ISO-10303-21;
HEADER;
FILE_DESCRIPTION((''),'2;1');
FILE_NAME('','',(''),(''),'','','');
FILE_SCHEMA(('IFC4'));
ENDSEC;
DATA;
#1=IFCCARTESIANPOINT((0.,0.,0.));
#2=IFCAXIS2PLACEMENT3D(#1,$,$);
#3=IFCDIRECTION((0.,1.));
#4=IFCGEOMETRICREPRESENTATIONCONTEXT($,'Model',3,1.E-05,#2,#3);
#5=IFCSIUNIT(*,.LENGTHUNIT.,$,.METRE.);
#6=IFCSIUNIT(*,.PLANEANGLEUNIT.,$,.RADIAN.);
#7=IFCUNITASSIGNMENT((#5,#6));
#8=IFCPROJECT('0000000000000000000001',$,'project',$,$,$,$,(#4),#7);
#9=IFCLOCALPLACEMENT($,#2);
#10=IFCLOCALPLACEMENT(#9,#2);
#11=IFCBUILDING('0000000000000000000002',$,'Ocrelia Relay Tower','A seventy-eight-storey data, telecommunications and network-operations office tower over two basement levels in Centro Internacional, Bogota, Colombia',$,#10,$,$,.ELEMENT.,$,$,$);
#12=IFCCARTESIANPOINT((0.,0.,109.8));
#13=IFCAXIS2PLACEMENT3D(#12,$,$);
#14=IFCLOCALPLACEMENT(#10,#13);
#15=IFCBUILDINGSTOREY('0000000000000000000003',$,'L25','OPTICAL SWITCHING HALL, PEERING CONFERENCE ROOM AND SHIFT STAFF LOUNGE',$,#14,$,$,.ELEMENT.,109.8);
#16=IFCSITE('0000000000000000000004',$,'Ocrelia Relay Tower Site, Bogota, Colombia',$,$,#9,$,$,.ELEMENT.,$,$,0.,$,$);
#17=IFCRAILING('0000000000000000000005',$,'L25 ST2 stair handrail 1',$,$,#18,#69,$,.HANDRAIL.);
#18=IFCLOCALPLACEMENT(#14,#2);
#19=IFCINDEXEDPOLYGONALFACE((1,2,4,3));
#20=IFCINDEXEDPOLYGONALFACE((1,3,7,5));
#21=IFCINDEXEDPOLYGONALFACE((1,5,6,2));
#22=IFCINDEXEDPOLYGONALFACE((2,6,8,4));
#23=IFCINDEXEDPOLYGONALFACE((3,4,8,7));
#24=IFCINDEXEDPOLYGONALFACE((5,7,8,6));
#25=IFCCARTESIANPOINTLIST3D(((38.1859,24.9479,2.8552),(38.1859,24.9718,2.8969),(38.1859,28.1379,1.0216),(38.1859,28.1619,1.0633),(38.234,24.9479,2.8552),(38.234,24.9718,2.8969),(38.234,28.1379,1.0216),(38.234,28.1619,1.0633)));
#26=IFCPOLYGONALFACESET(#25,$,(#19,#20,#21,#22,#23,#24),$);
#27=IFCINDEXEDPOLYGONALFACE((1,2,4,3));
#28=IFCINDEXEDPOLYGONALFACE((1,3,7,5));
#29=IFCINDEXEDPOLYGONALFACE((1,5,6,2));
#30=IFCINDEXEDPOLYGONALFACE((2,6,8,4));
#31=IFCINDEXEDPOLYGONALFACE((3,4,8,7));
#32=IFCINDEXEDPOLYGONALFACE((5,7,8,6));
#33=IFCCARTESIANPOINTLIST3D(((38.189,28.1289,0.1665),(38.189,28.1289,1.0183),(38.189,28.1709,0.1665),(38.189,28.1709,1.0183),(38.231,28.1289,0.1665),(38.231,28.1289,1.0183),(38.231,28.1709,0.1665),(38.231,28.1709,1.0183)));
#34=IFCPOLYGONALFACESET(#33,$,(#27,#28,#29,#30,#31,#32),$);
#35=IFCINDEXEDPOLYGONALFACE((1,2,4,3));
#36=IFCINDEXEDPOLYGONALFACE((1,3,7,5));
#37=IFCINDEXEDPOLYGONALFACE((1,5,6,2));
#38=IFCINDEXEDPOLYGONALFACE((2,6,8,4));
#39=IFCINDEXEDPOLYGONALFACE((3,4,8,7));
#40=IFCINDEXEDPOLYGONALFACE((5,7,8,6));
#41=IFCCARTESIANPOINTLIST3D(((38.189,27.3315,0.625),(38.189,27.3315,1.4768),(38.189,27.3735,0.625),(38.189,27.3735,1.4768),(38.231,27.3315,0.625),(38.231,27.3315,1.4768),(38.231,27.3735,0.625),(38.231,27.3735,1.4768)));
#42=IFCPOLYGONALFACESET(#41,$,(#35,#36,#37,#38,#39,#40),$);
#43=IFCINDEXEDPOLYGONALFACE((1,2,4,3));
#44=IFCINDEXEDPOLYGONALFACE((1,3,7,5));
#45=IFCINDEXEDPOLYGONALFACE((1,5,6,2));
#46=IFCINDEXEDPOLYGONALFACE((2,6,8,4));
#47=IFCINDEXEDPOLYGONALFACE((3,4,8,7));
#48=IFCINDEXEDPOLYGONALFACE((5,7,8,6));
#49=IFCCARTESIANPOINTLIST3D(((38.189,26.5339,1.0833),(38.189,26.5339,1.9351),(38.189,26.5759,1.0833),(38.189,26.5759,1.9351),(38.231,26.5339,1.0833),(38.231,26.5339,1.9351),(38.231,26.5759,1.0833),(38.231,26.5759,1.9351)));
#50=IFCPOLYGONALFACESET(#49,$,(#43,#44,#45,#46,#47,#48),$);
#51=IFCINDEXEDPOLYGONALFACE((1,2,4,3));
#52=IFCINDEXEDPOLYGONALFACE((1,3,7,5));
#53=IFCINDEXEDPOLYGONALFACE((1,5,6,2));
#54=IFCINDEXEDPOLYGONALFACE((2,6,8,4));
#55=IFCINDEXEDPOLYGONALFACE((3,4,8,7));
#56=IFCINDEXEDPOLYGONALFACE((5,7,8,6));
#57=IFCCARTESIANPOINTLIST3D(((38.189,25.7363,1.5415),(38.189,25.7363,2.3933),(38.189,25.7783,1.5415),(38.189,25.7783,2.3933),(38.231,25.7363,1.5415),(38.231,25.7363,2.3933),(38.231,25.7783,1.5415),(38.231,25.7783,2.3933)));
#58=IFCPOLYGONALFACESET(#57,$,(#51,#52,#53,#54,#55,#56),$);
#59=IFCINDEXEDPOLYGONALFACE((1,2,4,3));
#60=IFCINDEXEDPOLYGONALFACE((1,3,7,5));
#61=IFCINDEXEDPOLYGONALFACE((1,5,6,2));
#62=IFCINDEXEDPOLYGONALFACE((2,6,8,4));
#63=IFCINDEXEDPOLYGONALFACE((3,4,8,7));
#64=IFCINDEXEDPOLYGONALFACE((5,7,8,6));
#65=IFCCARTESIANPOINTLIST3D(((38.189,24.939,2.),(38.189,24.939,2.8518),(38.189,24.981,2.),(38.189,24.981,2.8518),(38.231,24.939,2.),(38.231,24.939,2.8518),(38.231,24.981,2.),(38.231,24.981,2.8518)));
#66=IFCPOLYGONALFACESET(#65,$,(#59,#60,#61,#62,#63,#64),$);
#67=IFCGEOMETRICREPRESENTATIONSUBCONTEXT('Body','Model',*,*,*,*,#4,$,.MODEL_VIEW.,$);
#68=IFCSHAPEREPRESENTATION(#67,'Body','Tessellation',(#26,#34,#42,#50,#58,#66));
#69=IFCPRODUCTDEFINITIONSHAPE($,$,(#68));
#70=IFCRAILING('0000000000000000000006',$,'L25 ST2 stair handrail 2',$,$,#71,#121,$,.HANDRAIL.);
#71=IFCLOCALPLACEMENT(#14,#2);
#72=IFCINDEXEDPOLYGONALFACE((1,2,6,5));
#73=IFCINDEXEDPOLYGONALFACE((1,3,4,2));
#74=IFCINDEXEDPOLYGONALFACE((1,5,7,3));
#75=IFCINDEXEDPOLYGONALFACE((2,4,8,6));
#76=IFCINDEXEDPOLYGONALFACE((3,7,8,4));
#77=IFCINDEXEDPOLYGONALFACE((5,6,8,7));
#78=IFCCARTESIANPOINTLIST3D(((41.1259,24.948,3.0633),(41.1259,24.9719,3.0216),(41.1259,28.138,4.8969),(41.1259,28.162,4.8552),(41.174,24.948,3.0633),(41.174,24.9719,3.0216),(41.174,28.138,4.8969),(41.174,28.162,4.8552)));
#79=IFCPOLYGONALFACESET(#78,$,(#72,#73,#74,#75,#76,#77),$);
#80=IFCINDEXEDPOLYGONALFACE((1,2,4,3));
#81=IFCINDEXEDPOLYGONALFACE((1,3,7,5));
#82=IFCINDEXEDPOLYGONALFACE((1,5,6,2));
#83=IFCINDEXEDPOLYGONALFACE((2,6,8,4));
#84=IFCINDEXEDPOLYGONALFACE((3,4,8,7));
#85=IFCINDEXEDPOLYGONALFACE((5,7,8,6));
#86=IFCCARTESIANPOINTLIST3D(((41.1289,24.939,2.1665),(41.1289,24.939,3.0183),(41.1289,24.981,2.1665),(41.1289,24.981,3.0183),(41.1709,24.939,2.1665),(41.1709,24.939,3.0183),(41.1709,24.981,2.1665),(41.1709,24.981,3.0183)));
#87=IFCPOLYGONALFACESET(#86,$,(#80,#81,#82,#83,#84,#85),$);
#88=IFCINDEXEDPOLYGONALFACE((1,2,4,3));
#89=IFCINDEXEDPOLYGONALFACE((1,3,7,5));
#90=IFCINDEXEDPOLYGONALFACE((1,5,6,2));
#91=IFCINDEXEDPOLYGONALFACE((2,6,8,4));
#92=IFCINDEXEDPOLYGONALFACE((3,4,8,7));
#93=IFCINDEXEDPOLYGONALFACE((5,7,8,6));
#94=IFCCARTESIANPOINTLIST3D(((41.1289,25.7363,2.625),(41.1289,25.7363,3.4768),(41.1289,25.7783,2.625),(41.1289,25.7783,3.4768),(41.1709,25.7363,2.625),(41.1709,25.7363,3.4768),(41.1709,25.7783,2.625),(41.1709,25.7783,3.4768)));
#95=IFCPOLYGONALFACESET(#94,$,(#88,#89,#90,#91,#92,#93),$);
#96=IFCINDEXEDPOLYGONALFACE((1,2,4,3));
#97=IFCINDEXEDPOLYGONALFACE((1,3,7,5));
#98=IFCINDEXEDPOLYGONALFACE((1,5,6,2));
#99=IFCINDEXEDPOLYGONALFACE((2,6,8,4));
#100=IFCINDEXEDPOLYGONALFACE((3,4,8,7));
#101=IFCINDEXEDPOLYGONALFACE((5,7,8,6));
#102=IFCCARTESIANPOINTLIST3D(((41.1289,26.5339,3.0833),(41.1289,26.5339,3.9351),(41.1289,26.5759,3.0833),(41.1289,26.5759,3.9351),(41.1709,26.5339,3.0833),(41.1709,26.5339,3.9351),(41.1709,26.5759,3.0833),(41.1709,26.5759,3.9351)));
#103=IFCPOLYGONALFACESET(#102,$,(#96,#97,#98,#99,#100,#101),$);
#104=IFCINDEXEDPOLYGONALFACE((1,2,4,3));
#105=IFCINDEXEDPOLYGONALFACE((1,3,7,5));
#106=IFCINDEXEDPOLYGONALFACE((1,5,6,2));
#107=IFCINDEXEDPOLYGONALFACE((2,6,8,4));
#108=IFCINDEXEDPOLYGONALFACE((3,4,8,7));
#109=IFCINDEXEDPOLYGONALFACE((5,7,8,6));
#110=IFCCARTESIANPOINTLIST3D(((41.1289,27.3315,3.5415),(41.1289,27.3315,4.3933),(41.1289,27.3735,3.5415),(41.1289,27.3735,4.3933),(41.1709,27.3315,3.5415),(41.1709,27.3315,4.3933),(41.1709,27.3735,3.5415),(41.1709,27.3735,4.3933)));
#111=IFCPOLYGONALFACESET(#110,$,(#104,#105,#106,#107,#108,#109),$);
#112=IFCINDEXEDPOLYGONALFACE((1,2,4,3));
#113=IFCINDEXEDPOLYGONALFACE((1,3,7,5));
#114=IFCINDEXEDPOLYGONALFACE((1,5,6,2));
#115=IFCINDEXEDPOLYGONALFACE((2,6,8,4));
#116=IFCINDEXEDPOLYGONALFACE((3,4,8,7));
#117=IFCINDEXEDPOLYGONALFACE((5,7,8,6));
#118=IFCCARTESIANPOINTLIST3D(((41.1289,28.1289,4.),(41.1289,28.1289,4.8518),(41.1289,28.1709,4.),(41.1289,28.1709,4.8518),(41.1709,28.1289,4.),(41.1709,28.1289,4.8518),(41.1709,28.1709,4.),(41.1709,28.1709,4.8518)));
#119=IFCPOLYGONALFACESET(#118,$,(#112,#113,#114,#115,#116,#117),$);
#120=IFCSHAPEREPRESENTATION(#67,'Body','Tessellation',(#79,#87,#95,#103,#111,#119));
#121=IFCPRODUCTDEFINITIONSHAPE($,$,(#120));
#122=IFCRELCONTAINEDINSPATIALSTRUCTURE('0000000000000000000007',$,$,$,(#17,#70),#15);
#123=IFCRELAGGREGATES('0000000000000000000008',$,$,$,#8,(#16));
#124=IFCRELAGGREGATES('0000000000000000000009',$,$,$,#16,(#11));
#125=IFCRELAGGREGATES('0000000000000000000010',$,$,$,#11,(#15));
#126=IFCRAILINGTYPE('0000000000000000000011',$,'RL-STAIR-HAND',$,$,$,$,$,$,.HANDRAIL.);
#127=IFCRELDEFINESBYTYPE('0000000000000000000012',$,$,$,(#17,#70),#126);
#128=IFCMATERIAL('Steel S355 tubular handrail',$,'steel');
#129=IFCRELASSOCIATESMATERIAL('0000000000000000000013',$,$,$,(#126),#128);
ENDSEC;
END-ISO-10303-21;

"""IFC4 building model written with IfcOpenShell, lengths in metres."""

from ifc_helpers import new_model, si_unit, direction, frame, origin, origin_2d, place, context, subcontext, project, spatial, rectangle, extrude, material, type_object, element, save


model = new_model("IFC4")

# Units and contexts
model_context = context("Model", 3, precision=1e-05, world=origin(), true_north=direction((0.0, 1.0)))
body_context = subcontext(model_context, "Body", "Model", "MODEL_VIEW")
ifc_project = project(units=[si_unit("LENGTHUNIT", "METRE"), si_unit("PLANEANGLEUNIT", "RADIAN")], contexts=[model_context])

# Site, building, storey
site_placement = place(None, origin())
site = spatial("IfcSite", under=ifc_project, at=site_placement, Name="Ocrelia Relay Tower Site, Bogota, Colombia", CompositionType="ELEMENT", RefElevation=0.0)
building_placement = place(site_placement, origin())
building = spatial("IfcBuilding", under=site, at=building_placement, Name="Ocrelia Relay Tower", Description="A seventy-eight-storey data, telecommunications and network-operations office tower over two basement levels in Centro Internacional, Bogota, Colombia", CompositionType="ELEMENT")
storey_placement = place(building_placement, frame((0.0, 0.0, 109.8)))
storey = spatial("IfcBuildingStorey", under=building, at=storey_placement, Name="L25", Description="OPTICAL SWITCHING HALL, PEERING CONFERENCE ROOM AND SHIFT STAFF LOUNGE", CompositionType="ELEMENT", Elevation=109.8)

# Railings
ifc_material_1 = material(Name="Steel S355 tubular handrail", Category="steel")
railing_type_1 = type_object("IfcRailingType", Name="RL-STAIR-HAND", PredefinedType="HANDRAIL", material=ifc_material_1)
railing_1_placement = place(storey_placement, frame((38.21, 28.1499, 0.1665)))
element("IfcRailing", 1, at=railing_1_placement, inside=storey, type_object=railing_type_1, Name="L25 ST2 stair handrail 1", PredefinedType="HANDRAIL", context=body_context, shape_type="SweptSolid", body=[
    extrude(rectangle(XDim=0.0481, YDim=0.0481, at=origin_2d()), frame((0.0, 0.0, 0.876), z_axis=(0.0, -0.866991, 0.498324), x_axis=(1.0, 0.0, 0.0)), (0.0, 0.0, 1.0), 3.6794),
    extrude(rectangle(XDim=0.042, YDim=0.042, at=origin_2d()), origin(), (0.0, 0.0, 1.0), 0.8518),
    extrude(rectangle(XDim=0.042, YDim=0.042, at=origin_2d()), frame((0.0, -0.7974, 0.4585)), (0.0, 0.0, 1.0), 0.8518),
    extrude(rectangle(XDim=0.042, YDim=0.042, at=origin_2d()), frame((0.0, -1.595, 0.9167)), (0.0, 0.0, 1.0), 0.8518),
    extrude(rectangle(XDim=0.042, YDim=0.042, at=origin_2d()), frame((0.0, -2.3926, 1.375)), (0.0, 0.0, 1.0), 0.8518),
    extrude(rectangle(XDim=0.042, YDim=0.042, at=origin_2d()), frame((0.0, -3.1899, 1.8335)), (0.0, 0.0, 1.0), 0.8518),
])
railing_2_placement = place(storey_placement, frame((41.1499, 24.96, 2.1665)))
element("IfcRailing", 2, at=railing_2_placement, inside=storey, type_object=railing_type_1, Name="L25 ST2 stair handrail 2", PredefinedType="HANDRAIL", context=body_context, shape_type="SweptSolid", body=[
    extrude(rectangle(XDim=0.0481, YDim=0.0481, at=origin_2d()), frame((0.0, 0.0, 0.876), z_axis=(0.0, 0.866991, 0.498324), x_axis=(-1.0, 0.0, 0.0)), (0.0, 0.0, 1.0), 3.6794),
    extrude(rectangle(XDim=0.042, YDim=0.042, at=origin_2d()), origin(), (0.0, 0.0, 1.0), 0.8518),
    extrude(rectangle(XDim=0.042, YDim=0.042, at=origin_2d()), frame((0.0, 0.7974, 0.4585)), (0.0, 0.0, 1.0), 0.8518),
    extrude(rectangle(XDim=0.042, YDim=0.042, at=origin_2d()), frame((0.0, 1.595, 0.9167)), (0.0, 0.0, 1.0), 0.8518),
    extrude(rectangle(XDim=0.042, YDim=0.042, at=origin_2d()), frame((0.0, 2.3926, 1.375)), (0.0, 0.0, 1.0), 0.8518),
    extrude(rectangle(XDim=0.042, YDim=0.042, at=origin_2d()), frame((0.0, 3.1899, 1.8335)), (0.0, 0.0, 1.0), 0.8518),
])

save(model, "model.ifc")
